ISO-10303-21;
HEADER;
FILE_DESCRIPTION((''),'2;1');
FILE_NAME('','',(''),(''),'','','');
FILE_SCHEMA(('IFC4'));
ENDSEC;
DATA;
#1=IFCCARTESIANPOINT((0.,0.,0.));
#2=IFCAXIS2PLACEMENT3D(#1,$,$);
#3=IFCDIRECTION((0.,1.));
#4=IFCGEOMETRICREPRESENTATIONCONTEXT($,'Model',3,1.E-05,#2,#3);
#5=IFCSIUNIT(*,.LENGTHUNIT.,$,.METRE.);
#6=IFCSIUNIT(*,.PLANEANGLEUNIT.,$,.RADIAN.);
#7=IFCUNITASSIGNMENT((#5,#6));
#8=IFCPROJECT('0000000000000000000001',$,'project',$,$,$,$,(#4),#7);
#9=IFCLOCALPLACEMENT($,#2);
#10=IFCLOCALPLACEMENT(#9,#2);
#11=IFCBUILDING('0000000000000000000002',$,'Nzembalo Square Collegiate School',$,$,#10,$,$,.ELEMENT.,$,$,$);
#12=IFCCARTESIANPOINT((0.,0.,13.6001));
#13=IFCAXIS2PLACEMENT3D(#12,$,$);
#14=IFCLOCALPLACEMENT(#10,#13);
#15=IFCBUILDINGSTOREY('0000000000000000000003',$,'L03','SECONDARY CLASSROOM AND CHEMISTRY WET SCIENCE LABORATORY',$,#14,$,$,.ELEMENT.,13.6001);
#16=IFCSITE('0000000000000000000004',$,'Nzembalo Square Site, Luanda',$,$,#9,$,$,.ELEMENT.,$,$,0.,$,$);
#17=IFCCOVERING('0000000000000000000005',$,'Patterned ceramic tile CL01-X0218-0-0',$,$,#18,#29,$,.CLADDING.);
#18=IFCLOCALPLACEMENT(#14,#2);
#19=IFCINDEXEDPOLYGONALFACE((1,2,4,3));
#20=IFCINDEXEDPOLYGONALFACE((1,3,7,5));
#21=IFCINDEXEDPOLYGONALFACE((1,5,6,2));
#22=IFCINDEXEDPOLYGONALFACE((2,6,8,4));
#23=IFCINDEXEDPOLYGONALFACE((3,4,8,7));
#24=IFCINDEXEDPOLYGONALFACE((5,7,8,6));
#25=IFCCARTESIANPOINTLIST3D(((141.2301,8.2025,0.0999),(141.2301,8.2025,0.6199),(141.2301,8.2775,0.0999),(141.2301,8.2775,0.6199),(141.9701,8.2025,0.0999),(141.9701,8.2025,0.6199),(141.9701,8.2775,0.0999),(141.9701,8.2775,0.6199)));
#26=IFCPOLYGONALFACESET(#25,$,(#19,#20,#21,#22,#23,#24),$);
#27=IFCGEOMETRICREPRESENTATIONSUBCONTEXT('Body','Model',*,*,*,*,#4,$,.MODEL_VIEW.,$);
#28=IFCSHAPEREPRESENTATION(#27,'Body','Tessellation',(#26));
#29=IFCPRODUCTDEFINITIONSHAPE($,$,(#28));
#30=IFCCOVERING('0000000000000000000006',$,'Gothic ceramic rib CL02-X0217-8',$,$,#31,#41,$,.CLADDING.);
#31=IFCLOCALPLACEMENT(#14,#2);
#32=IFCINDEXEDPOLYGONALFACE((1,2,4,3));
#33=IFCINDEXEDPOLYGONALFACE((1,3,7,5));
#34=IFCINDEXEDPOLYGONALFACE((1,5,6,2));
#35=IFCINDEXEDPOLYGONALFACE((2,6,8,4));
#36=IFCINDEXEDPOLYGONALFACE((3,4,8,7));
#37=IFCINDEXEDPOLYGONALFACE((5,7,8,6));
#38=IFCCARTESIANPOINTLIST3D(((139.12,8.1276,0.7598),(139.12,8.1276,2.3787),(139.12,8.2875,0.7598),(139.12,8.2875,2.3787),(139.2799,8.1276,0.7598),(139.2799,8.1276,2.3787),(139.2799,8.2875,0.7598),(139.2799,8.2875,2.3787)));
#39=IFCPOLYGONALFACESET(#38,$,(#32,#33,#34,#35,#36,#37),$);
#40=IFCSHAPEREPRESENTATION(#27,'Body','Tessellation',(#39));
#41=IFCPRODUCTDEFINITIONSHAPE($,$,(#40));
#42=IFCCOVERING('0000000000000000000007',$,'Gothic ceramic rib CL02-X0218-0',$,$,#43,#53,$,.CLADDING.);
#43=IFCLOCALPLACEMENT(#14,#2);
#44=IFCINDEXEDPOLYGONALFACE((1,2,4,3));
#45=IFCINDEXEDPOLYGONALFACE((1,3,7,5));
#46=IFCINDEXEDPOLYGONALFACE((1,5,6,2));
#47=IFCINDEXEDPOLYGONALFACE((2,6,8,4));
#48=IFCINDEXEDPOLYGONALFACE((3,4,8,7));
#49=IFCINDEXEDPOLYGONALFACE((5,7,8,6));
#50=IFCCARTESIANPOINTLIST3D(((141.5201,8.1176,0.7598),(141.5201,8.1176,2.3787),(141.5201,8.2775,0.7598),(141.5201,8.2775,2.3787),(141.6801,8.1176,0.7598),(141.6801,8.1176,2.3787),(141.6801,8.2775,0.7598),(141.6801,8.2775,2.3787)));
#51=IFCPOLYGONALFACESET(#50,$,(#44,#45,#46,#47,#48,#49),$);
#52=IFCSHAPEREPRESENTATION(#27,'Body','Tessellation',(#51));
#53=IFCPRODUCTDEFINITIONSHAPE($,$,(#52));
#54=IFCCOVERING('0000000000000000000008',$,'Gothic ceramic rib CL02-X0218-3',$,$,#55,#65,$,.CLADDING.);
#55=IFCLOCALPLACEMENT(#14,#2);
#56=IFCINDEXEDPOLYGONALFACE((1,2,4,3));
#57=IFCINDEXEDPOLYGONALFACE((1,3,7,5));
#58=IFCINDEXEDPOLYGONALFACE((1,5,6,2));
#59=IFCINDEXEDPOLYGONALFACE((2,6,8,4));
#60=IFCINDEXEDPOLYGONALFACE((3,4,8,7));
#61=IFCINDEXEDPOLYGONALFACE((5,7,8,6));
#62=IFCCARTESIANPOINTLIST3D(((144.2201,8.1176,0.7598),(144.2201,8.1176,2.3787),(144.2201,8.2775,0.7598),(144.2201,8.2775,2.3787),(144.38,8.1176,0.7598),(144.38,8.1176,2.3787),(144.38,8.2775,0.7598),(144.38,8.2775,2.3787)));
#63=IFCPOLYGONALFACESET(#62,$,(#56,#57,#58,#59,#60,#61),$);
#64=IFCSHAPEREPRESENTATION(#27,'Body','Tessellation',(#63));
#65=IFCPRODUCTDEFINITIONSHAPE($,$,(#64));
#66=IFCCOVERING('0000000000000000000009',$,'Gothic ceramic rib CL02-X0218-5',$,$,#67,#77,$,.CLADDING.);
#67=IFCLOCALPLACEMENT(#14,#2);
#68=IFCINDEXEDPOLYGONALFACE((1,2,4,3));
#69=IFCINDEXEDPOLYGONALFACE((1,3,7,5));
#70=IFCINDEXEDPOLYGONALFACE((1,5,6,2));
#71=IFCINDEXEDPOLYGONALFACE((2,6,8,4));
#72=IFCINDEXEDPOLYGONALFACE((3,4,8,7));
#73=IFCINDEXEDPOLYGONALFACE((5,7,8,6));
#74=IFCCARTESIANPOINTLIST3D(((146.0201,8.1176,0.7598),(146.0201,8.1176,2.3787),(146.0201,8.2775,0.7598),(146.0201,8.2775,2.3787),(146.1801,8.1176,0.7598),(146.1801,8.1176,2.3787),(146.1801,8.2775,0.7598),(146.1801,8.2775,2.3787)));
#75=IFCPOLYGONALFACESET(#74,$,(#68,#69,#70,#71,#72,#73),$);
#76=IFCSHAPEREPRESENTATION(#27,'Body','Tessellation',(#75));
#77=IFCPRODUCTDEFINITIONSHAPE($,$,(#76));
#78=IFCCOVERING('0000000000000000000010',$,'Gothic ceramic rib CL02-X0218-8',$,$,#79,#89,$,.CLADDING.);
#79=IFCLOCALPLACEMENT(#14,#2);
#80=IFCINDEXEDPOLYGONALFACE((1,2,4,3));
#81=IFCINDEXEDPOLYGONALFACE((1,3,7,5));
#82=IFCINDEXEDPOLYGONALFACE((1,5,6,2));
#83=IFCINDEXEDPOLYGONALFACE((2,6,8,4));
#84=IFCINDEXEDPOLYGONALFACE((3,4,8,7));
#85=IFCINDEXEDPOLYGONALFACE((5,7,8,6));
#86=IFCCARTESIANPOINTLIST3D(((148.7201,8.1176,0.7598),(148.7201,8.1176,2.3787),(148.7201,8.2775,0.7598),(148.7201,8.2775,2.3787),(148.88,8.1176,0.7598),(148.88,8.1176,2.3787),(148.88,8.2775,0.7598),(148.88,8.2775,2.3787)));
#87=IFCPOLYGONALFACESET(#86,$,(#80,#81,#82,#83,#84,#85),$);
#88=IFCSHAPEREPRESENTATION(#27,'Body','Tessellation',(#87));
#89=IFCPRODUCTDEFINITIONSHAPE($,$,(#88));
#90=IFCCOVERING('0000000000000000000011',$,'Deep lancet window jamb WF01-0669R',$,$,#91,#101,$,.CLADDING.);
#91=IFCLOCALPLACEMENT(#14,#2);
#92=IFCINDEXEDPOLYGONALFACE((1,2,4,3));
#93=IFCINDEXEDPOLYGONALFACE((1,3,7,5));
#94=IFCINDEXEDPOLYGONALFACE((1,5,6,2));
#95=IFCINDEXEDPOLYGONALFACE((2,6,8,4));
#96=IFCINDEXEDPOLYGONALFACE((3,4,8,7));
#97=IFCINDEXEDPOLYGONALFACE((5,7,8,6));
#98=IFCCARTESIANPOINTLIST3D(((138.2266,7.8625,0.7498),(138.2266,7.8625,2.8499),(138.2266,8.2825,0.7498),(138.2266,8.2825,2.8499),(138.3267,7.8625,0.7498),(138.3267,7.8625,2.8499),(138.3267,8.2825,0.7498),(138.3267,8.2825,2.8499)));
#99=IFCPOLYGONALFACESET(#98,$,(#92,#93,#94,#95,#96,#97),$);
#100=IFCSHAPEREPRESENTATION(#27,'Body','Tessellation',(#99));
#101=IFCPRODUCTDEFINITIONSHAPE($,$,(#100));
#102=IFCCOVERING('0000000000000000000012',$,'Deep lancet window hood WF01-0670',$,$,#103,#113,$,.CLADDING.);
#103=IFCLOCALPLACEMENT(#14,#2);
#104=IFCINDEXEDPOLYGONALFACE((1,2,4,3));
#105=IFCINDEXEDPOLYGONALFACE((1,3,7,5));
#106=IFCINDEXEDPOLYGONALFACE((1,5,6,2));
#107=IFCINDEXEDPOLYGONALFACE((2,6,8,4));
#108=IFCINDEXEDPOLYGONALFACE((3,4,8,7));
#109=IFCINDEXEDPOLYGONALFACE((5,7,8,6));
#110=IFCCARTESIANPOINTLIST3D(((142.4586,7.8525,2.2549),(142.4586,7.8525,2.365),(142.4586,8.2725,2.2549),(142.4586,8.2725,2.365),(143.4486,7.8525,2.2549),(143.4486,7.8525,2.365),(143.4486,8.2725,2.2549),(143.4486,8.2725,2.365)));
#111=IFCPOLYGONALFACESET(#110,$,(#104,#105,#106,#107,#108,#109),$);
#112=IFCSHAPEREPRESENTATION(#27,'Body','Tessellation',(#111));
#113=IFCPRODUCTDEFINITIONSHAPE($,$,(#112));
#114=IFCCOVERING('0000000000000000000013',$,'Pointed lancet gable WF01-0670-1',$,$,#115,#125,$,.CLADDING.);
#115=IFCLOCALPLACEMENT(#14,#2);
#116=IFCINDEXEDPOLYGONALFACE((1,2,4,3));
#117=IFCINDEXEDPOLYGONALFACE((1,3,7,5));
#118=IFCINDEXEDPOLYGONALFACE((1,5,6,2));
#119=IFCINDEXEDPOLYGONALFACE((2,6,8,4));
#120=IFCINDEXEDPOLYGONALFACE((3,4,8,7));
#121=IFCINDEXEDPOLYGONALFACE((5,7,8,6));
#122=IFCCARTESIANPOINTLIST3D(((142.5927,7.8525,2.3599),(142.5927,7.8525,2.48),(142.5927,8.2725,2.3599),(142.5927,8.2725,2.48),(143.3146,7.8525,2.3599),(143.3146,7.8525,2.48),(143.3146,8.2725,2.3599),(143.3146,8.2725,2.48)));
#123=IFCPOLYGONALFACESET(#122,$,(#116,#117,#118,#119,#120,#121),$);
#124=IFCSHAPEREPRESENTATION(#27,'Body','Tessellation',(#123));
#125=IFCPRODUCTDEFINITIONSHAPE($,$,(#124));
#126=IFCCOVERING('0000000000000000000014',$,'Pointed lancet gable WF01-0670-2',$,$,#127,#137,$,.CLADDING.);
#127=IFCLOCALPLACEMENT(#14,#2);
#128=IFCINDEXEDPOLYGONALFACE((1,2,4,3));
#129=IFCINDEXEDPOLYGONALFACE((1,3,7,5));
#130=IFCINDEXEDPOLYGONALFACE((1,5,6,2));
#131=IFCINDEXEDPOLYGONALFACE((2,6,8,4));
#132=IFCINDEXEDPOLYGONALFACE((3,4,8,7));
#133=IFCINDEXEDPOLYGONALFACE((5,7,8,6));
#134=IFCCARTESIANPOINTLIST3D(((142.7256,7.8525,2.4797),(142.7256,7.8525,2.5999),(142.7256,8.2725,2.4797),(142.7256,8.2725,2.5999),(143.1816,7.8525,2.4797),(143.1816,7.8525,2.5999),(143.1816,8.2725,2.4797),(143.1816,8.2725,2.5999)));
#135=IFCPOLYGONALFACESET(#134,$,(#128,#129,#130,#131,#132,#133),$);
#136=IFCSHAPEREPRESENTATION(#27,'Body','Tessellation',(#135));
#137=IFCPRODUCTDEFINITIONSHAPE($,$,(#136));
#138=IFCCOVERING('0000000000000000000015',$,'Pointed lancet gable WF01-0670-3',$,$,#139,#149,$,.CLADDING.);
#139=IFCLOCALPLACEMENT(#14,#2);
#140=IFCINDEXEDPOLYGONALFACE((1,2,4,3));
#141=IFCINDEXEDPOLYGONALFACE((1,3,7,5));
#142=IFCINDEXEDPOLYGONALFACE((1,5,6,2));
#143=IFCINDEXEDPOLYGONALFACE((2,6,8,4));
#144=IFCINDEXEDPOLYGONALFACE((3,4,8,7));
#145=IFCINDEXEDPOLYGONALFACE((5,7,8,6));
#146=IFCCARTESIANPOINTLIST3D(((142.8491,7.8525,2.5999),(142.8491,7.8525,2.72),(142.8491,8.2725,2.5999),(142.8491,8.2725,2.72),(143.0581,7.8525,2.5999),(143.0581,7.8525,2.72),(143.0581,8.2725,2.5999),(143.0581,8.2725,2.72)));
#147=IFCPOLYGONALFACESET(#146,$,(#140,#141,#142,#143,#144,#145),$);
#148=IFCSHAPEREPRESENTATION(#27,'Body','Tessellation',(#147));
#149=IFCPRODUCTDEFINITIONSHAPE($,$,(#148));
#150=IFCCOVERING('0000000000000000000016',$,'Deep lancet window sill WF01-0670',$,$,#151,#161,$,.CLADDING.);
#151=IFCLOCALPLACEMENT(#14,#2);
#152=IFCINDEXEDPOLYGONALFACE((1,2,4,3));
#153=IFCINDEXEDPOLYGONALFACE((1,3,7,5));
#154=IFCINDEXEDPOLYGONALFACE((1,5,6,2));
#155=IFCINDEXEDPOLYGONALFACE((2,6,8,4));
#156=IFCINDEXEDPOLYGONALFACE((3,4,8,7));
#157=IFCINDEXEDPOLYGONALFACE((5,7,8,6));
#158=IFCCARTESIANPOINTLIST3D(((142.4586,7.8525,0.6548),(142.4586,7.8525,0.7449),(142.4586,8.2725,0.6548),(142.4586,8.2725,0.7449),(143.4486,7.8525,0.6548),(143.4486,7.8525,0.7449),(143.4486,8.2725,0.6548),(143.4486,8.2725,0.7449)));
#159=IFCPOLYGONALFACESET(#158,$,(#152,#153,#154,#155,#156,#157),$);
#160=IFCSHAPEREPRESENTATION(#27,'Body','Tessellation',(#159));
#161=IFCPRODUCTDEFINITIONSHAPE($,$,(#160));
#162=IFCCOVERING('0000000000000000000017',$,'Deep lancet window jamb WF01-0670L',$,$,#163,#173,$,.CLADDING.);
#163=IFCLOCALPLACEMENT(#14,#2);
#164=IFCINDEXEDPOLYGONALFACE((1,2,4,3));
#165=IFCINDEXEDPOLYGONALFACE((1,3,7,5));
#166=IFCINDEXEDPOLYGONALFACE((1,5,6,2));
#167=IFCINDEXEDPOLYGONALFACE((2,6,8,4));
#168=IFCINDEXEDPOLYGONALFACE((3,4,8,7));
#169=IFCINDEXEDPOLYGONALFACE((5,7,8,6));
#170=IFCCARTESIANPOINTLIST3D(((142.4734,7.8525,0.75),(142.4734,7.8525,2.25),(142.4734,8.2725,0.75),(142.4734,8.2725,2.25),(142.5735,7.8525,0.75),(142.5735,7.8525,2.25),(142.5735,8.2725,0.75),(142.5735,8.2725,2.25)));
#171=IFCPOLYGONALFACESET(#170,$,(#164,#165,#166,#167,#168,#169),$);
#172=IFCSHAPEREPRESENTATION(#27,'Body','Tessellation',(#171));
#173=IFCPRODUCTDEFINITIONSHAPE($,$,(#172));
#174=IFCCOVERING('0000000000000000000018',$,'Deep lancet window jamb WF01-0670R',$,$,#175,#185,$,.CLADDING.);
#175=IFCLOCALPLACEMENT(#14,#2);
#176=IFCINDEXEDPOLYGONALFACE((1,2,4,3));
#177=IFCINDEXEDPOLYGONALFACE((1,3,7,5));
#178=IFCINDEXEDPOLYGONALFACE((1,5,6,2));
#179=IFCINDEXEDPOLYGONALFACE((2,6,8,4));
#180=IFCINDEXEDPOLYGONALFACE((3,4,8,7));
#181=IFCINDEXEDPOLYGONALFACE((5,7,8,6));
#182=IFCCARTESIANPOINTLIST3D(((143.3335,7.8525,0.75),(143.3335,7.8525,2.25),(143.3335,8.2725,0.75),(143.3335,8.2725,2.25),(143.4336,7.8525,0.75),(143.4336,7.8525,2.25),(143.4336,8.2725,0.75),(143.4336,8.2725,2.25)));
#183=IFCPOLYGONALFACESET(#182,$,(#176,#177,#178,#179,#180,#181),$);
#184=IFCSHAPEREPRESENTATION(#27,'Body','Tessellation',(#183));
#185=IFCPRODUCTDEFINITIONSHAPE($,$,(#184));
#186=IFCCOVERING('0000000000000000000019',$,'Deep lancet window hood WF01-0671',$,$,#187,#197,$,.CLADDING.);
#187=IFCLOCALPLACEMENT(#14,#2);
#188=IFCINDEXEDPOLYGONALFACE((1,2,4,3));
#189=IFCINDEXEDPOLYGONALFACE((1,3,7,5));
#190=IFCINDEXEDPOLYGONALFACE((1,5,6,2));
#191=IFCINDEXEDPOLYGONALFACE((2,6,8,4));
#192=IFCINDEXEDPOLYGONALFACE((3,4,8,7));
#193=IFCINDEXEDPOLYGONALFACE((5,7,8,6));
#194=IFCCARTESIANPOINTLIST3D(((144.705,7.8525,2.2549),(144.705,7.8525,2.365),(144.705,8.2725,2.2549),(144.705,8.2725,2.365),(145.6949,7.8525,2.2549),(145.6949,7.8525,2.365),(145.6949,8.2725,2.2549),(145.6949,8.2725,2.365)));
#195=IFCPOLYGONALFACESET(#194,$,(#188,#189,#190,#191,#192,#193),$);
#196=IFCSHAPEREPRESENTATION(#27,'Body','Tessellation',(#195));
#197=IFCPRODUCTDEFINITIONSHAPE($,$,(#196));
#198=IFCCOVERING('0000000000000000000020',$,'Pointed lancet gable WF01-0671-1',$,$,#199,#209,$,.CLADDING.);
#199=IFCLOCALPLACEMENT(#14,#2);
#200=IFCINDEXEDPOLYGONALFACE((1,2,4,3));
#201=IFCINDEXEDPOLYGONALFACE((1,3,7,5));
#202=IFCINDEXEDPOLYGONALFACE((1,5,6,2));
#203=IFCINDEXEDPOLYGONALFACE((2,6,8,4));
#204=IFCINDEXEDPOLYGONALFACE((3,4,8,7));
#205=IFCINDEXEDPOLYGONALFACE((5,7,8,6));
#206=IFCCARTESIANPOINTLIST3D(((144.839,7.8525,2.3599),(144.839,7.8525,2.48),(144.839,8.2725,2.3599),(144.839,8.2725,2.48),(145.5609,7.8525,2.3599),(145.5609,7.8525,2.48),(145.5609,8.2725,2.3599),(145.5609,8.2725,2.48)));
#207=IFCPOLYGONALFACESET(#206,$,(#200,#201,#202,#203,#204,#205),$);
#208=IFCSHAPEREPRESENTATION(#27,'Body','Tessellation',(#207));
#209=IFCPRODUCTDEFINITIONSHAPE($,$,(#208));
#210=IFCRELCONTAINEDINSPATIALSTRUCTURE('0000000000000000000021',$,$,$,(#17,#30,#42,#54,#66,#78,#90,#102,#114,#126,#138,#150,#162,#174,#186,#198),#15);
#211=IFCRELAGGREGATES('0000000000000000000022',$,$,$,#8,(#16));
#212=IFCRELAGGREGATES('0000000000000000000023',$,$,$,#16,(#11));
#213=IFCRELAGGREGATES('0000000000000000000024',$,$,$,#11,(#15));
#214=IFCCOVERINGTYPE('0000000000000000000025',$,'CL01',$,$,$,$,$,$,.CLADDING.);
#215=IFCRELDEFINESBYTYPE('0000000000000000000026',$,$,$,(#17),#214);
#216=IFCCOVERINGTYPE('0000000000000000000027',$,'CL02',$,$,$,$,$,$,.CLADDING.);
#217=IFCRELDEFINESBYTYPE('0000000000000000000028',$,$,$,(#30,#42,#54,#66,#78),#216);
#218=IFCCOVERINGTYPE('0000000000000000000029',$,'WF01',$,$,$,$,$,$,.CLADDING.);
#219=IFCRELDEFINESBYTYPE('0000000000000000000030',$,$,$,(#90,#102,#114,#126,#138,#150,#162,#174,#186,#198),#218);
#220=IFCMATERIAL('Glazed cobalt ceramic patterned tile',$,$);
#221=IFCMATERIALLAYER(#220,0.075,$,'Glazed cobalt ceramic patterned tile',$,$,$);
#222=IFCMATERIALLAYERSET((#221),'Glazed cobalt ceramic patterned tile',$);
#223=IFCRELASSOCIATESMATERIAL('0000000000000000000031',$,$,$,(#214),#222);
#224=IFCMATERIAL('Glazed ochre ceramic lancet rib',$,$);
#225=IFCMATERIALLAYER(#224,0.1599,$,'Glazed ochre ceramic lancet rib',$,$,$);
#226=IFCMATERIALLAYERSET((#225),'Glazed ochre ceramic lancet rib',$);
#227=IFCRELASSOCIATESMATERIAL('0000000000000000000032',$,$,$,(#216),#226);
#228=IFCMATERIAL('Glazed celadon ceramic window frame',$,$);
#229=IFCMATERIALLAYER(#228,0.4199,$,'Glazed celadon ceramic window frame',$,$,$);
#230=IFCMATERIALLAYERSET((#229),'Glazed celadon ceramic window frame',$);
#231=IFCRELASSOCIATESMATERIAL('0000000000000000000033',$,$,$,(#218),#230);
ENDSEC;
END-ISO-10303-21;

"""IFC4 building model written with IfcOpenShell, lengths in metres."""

from ifc_helpers import new_model, si_unit, direction, frame, origin, origin_2d, place, context, subcontext, project, spatial, rectangle, extrude, material, layer, layer_set, type_object, element, save


model = new_model("IFC4")

# Units and contexts
model_context = context("Model", 3, precision=1e-05, world=origin(), true_north=direction((0.0, 1.0)))
body_context = subcontext(model_context, "Body", "Model", "MODEL_VIEW")
ifc_project = project(units=[si_unit("LENGTHUNIT", "METRE"), si_unit("PLANEANGLEUNIT", "RADIAN")], contexts=[model_context])

# Site, building, storey
site_placement = place(None, origin())
site = spatial("IfcSite", under=ifc_project, at=site_placement, Name="Nzembalo Square Site, Luanda", CompositionType="ELEMENT", RefElevation=0.0)
building_placement = place(site_placement, origin())
building = spatial("IfcBuilding", under=site, at=building_placement, Name="Nzembalo Square Collegiate School", CompositionType="ELEMENT")
storey_placement = place(building_placement, frame((0.0, 0.0, 13.6001)))
storey = spatial("IfcBuildingStorey", under=building, at=storey_placement, Name="L03", Description="SECONDARY CLASSROOM AND CHEMISTRY WET SCIENCE LABORATORY", CompositionType="ELEMENT", Elevation=13.6001)

# Coverings
ifc_material_1 = material(Name="Glazed cobalt ceramic patterned tile")
ifc_layer_1 = layer(ifc_material_1, 0.075, Name="Glazed cobalt ceramic patterned tile")
ifc_layer_set_1 = layer_set([ifc_layer_1], Name="Glazed cobalt ceramic patterned tile")
covering_type_1 = type_object("IfcCoveringType", Name="CL01", PredefinedType="CLADDING", material=ifc_layer_set_1)
covering_1_placement = place(storey_placement, frame((141.6001, 8.24, 0.0999), z_axis=(0.0, 0.0, 1.0), x_axis=(1.0, 0.0, 0.0)))
element("IfcCovering", 1, at=covering_1_placement, inside=storey, type_object=covering_type_1, Name="Patterned ceramic tile CL01-X0218-0-0", PredefinedType="CLADDING", context=body_context, shape_type="SweptSolid", body=[
    extrude(rectangle(XDim=0.74, YDim=0.075, at=origin_2d()), origin(), (0.0, 0.0, 1.0), 0.52),
])
ifc_material_2 = material(Name="Glazed ochre ceramic lancet rib")
ifc_layer_2 = layer(ifc_material_2, 0.1599, Name="Glazed ochre ceramic lancet rib")
ifc_layer_set_2 = layer_set([ifc_layer_2], Name="Glazed ochre ceramic lancet rib")
covering_type_2 = type_object("IfcCoveringType", Name="CL02", PredefinedType="CLADDING", material=ifc_layer_set_2)
for number, where, z_axis, x_axis, name in (
    (2, (139.2, 8.2075, 0.7598), (0.0, 0.0, 1.0), (1.0, 0.0, 0.0), "Gothic ceramic rib CL02-X0217-8"),
    (3, (141.6001, 8.1975, 0.7598), (0.0, 0.0, 1.0), (1.0, 0.0, 0.0), "Gothic ceramic rib CL02-X0218-0"),
    (4, (144.3, 8.1975, 0.7598), (0.0, 0.0, 1.0), (1.0, 0.0, 0.0), "Gothic ceramic rib CL02-X0218-3"),
    (5, (146.1001, 8.1975, 0.7598), (0.0, 0.0, 1.0), (1.0, 0.0, 0.0), "Gothic ceramic rib CL02-X0218-5"),
    (6, (148.8, 8.1975, 0.7598), (0.0, 0.0, 1.0), (1.0, 0.0, 0.0), "Gothic ceramic rib CL02-X0218-8"),
):
    element("IfcCovering", number, at=place(storey_placement, frame(where, z_axis=z_axis, x_axis=x_axis)), inside=storey, type_object=covering_type_2, Name=name, PredefinedType="CLADDING", context=body_context, shape_type="SweptSolid", body=[
        extrude(rectangle(XDim=0.1599, YDim=0.1599, at=origin_2d()), origin(), (0.0, 0.0, 1.0), 1.6189),
    ])
ifc_material_3 = material(Name="Glazed celadon ceramic window frame")
ifc_layer_3 = layer(ifc_material_3, 0.4199, Name="Glazed celadon ceramic window frame")
ifc_layer_set_3 = layer_set([ifc_layer_3], Name="Glazed celadon ceramic window frame")
covering_type_3 = type_object("IfcCoveringType", Name="WF01", PredefinedType="CLADDING", material=ifc_layer_set_3)
covering_2_placement = place(storey_placement, frame((138.2766, 8.0725, 0.7498), z_axis=(0.0, 0.0, 1.0), x_axis=(1.0, 0.0, 0.0)))
element("IfcCovering", 7, at=covering_2_placement, inside=storey, type_object=covering_type_3, Name="Deep lancet window jamb WF01-0669R", PredefinedType="CLADDING", context=body_context, shape_type="SweptSolid", body=[
    extrude(rectangle(XDim=0.1001, YDim=0.4199, at=origin_2d()), origin(), (0.0, 0.0, 1.0), 2.1001),
])
covering_3_placement = place(storey_placement, frame((142.9536, 8.0625, 2.2549), z_axis=(0.0, 0.0, 1.0), x_axis=(1.0, 0.0, 0.0)))
element("IfcCovering", 8, at=covering_3_placement, inside=storey, type_object=covering_type_3, Name="Deep lancet window hood WF01-0670", PredefinedType="CLADDING", context=body_context, shape_type="SweptSolid", body=[
    extrude(rectangle(XDim=0.99, YDim=0.4199, at=origin_2d()), origin(), (0.0, 0.0, 1.0), 0.1101),
])
covering_4_placement = place(storey_placement, frame((142.9536, 8.0625, 2.3599), z_axis=(0.0, 0.0, 1.0), x_axis=(1.0, 0.0, 0.0)))
element("IfcCovering", 9, at=covering_4_placement, inside=storey, type_object=covering_type_3, Name="Pointed lancet gable WF01-0670-1", PredefinedType="CLADDING", context=body_context, shape_type="SweptSolid", body=[
    extrude(rectangle(XDim=0.7219, YDim=0.4199, at=origin_2d()), origin(), (0.0, 0.0, 1.0), 0.1201),
])
covering_5_placement = place(storey_placement, frame((142.9536, 8.0625, 2.4797), z_axis=(0.0, 0.0, 1.0), x_axis=(1.0, 0.0, 0.0)))
element("IfcCovering", 10, at=covering_5_placement, inside=storey, type_object=covering_type_3, Name="Pointed lancet gable WF01-0670-2", PredefinedType="CLADDING", context=body_context, shape_type="SweptSolid", body=[
    extrude(rectangle(XDim=0.4561, YDim=0.4199, at=origin_2d()), origin(), (0.0, 0.0, 1.0), 0.1201),
])
covering_6_placement = place(storey_placement, frame((142.9536, 8.0625, 2.5999), z_axis=(0.0, 0.0, 1.0), x_axis=(1.0, 0.0, 0.0)))
element("IfcCovering", 11, at=covering_6_placement, inside=storey, type_object=covering_type_3, Name="Pointed lancet gable WF01-0670-3", PredefinedType="CLADDING", context=body_context, shape_type="SweptSolid", body=[
    extrude(rectangle(XDim=0.209, YDim=0.4199, at=origin_2d()), origin(), (0.0, 0.0, 1.0), 0.1201),
])
covering_7_placement = place(storey_placement, frame((142.9536, 8.0625, 0.6548), z_axis=(0.0, 0.0, 1.0), x_axis=(1.0, 0.0, 0.0)))
element("IfcCovering", 12, at=covering_7_placement, inside=storey, type_object=covering_type_3, Name="Deep lancet window sill WF01-0670", PredefinedType="CLADDING", context=body_context, shape_type="SweptSolid", body=[
    extrude(rectangle(XDim=0.99, YDim=0.4199, at=origin_2d()), origin(), (0.0, 0.0, 1.0), 0.0901),
])
for number, where, z_axis, x_axis, name in (
    (13, (142.5234, 8.0625, 0.75), (0.0, 0.0, 1.0), (1.0, 0.0, 0.0), "Deep lancet window jamb WF01-0670L"),
    (14, (143.3835, 8.0625, 0.75), (0.0, 0.0, 1.0), (1.0, 0.0, 0.0), "Deep lancet window jamb WF01-0670R"),
):
    element("IfcCovering", number, at=place(storey_placement, frame(where, z_axis=z_axis, x_axis=x_axis)), inside=storey, type_object=covering_type_3, Name=name, PredefinedType="CLADDING", context=body_context, shape_type="SweptSolid", body=[
        extrude(rectangle(XDim=0.1001, YDim=0.4199, at=origin_2d()), origin(), (0.0, 0.0, 1.0), 1.5),
    ])
covering_8_placement = place(storey_placement, frame((145.2, 8.0625, 2.2549), z_axis=(0.0, 0.0, 1.0), x_axis=(1.0, 0.0, 0.0)))
element("IfcCovering", 15, at=covering_8_placement, inside=storey, type_object=covering_type_3, Name="Deep lancet window hood WF01-0671", PredefinedType="CLADDING", context=body_context, shape_type="SweptSolid", body=[
    extrude(rectangle(XDim=0.99, YDim=0.4199, at=origin_2d()), origin(), (0.0, 0.0, 1.0), 0.1101),
])
covering_9_placement = place(storey_placement, frame((145.2, 8.0625, 2.3599), z_axis=(0.0, 0.0, 1.0), x_axis=(1.0, 0.0, 0.0)))
element("IfcCovering", 16, at=covering_9_placement, inside=storey, type_object=covering_type_3, Name="Pointed lancet gable WF01-0671-1", PredefinedType="CLADDING", context=body_context, shape_type="SweptSolid", body=[
    extrude(rectangle(XDim=0.7219, YDim=0.4199, at=origin_2d()), origin(), (0.0, 0.0, 1.0), 0.1201),
])

save(model, "model.ifc")
